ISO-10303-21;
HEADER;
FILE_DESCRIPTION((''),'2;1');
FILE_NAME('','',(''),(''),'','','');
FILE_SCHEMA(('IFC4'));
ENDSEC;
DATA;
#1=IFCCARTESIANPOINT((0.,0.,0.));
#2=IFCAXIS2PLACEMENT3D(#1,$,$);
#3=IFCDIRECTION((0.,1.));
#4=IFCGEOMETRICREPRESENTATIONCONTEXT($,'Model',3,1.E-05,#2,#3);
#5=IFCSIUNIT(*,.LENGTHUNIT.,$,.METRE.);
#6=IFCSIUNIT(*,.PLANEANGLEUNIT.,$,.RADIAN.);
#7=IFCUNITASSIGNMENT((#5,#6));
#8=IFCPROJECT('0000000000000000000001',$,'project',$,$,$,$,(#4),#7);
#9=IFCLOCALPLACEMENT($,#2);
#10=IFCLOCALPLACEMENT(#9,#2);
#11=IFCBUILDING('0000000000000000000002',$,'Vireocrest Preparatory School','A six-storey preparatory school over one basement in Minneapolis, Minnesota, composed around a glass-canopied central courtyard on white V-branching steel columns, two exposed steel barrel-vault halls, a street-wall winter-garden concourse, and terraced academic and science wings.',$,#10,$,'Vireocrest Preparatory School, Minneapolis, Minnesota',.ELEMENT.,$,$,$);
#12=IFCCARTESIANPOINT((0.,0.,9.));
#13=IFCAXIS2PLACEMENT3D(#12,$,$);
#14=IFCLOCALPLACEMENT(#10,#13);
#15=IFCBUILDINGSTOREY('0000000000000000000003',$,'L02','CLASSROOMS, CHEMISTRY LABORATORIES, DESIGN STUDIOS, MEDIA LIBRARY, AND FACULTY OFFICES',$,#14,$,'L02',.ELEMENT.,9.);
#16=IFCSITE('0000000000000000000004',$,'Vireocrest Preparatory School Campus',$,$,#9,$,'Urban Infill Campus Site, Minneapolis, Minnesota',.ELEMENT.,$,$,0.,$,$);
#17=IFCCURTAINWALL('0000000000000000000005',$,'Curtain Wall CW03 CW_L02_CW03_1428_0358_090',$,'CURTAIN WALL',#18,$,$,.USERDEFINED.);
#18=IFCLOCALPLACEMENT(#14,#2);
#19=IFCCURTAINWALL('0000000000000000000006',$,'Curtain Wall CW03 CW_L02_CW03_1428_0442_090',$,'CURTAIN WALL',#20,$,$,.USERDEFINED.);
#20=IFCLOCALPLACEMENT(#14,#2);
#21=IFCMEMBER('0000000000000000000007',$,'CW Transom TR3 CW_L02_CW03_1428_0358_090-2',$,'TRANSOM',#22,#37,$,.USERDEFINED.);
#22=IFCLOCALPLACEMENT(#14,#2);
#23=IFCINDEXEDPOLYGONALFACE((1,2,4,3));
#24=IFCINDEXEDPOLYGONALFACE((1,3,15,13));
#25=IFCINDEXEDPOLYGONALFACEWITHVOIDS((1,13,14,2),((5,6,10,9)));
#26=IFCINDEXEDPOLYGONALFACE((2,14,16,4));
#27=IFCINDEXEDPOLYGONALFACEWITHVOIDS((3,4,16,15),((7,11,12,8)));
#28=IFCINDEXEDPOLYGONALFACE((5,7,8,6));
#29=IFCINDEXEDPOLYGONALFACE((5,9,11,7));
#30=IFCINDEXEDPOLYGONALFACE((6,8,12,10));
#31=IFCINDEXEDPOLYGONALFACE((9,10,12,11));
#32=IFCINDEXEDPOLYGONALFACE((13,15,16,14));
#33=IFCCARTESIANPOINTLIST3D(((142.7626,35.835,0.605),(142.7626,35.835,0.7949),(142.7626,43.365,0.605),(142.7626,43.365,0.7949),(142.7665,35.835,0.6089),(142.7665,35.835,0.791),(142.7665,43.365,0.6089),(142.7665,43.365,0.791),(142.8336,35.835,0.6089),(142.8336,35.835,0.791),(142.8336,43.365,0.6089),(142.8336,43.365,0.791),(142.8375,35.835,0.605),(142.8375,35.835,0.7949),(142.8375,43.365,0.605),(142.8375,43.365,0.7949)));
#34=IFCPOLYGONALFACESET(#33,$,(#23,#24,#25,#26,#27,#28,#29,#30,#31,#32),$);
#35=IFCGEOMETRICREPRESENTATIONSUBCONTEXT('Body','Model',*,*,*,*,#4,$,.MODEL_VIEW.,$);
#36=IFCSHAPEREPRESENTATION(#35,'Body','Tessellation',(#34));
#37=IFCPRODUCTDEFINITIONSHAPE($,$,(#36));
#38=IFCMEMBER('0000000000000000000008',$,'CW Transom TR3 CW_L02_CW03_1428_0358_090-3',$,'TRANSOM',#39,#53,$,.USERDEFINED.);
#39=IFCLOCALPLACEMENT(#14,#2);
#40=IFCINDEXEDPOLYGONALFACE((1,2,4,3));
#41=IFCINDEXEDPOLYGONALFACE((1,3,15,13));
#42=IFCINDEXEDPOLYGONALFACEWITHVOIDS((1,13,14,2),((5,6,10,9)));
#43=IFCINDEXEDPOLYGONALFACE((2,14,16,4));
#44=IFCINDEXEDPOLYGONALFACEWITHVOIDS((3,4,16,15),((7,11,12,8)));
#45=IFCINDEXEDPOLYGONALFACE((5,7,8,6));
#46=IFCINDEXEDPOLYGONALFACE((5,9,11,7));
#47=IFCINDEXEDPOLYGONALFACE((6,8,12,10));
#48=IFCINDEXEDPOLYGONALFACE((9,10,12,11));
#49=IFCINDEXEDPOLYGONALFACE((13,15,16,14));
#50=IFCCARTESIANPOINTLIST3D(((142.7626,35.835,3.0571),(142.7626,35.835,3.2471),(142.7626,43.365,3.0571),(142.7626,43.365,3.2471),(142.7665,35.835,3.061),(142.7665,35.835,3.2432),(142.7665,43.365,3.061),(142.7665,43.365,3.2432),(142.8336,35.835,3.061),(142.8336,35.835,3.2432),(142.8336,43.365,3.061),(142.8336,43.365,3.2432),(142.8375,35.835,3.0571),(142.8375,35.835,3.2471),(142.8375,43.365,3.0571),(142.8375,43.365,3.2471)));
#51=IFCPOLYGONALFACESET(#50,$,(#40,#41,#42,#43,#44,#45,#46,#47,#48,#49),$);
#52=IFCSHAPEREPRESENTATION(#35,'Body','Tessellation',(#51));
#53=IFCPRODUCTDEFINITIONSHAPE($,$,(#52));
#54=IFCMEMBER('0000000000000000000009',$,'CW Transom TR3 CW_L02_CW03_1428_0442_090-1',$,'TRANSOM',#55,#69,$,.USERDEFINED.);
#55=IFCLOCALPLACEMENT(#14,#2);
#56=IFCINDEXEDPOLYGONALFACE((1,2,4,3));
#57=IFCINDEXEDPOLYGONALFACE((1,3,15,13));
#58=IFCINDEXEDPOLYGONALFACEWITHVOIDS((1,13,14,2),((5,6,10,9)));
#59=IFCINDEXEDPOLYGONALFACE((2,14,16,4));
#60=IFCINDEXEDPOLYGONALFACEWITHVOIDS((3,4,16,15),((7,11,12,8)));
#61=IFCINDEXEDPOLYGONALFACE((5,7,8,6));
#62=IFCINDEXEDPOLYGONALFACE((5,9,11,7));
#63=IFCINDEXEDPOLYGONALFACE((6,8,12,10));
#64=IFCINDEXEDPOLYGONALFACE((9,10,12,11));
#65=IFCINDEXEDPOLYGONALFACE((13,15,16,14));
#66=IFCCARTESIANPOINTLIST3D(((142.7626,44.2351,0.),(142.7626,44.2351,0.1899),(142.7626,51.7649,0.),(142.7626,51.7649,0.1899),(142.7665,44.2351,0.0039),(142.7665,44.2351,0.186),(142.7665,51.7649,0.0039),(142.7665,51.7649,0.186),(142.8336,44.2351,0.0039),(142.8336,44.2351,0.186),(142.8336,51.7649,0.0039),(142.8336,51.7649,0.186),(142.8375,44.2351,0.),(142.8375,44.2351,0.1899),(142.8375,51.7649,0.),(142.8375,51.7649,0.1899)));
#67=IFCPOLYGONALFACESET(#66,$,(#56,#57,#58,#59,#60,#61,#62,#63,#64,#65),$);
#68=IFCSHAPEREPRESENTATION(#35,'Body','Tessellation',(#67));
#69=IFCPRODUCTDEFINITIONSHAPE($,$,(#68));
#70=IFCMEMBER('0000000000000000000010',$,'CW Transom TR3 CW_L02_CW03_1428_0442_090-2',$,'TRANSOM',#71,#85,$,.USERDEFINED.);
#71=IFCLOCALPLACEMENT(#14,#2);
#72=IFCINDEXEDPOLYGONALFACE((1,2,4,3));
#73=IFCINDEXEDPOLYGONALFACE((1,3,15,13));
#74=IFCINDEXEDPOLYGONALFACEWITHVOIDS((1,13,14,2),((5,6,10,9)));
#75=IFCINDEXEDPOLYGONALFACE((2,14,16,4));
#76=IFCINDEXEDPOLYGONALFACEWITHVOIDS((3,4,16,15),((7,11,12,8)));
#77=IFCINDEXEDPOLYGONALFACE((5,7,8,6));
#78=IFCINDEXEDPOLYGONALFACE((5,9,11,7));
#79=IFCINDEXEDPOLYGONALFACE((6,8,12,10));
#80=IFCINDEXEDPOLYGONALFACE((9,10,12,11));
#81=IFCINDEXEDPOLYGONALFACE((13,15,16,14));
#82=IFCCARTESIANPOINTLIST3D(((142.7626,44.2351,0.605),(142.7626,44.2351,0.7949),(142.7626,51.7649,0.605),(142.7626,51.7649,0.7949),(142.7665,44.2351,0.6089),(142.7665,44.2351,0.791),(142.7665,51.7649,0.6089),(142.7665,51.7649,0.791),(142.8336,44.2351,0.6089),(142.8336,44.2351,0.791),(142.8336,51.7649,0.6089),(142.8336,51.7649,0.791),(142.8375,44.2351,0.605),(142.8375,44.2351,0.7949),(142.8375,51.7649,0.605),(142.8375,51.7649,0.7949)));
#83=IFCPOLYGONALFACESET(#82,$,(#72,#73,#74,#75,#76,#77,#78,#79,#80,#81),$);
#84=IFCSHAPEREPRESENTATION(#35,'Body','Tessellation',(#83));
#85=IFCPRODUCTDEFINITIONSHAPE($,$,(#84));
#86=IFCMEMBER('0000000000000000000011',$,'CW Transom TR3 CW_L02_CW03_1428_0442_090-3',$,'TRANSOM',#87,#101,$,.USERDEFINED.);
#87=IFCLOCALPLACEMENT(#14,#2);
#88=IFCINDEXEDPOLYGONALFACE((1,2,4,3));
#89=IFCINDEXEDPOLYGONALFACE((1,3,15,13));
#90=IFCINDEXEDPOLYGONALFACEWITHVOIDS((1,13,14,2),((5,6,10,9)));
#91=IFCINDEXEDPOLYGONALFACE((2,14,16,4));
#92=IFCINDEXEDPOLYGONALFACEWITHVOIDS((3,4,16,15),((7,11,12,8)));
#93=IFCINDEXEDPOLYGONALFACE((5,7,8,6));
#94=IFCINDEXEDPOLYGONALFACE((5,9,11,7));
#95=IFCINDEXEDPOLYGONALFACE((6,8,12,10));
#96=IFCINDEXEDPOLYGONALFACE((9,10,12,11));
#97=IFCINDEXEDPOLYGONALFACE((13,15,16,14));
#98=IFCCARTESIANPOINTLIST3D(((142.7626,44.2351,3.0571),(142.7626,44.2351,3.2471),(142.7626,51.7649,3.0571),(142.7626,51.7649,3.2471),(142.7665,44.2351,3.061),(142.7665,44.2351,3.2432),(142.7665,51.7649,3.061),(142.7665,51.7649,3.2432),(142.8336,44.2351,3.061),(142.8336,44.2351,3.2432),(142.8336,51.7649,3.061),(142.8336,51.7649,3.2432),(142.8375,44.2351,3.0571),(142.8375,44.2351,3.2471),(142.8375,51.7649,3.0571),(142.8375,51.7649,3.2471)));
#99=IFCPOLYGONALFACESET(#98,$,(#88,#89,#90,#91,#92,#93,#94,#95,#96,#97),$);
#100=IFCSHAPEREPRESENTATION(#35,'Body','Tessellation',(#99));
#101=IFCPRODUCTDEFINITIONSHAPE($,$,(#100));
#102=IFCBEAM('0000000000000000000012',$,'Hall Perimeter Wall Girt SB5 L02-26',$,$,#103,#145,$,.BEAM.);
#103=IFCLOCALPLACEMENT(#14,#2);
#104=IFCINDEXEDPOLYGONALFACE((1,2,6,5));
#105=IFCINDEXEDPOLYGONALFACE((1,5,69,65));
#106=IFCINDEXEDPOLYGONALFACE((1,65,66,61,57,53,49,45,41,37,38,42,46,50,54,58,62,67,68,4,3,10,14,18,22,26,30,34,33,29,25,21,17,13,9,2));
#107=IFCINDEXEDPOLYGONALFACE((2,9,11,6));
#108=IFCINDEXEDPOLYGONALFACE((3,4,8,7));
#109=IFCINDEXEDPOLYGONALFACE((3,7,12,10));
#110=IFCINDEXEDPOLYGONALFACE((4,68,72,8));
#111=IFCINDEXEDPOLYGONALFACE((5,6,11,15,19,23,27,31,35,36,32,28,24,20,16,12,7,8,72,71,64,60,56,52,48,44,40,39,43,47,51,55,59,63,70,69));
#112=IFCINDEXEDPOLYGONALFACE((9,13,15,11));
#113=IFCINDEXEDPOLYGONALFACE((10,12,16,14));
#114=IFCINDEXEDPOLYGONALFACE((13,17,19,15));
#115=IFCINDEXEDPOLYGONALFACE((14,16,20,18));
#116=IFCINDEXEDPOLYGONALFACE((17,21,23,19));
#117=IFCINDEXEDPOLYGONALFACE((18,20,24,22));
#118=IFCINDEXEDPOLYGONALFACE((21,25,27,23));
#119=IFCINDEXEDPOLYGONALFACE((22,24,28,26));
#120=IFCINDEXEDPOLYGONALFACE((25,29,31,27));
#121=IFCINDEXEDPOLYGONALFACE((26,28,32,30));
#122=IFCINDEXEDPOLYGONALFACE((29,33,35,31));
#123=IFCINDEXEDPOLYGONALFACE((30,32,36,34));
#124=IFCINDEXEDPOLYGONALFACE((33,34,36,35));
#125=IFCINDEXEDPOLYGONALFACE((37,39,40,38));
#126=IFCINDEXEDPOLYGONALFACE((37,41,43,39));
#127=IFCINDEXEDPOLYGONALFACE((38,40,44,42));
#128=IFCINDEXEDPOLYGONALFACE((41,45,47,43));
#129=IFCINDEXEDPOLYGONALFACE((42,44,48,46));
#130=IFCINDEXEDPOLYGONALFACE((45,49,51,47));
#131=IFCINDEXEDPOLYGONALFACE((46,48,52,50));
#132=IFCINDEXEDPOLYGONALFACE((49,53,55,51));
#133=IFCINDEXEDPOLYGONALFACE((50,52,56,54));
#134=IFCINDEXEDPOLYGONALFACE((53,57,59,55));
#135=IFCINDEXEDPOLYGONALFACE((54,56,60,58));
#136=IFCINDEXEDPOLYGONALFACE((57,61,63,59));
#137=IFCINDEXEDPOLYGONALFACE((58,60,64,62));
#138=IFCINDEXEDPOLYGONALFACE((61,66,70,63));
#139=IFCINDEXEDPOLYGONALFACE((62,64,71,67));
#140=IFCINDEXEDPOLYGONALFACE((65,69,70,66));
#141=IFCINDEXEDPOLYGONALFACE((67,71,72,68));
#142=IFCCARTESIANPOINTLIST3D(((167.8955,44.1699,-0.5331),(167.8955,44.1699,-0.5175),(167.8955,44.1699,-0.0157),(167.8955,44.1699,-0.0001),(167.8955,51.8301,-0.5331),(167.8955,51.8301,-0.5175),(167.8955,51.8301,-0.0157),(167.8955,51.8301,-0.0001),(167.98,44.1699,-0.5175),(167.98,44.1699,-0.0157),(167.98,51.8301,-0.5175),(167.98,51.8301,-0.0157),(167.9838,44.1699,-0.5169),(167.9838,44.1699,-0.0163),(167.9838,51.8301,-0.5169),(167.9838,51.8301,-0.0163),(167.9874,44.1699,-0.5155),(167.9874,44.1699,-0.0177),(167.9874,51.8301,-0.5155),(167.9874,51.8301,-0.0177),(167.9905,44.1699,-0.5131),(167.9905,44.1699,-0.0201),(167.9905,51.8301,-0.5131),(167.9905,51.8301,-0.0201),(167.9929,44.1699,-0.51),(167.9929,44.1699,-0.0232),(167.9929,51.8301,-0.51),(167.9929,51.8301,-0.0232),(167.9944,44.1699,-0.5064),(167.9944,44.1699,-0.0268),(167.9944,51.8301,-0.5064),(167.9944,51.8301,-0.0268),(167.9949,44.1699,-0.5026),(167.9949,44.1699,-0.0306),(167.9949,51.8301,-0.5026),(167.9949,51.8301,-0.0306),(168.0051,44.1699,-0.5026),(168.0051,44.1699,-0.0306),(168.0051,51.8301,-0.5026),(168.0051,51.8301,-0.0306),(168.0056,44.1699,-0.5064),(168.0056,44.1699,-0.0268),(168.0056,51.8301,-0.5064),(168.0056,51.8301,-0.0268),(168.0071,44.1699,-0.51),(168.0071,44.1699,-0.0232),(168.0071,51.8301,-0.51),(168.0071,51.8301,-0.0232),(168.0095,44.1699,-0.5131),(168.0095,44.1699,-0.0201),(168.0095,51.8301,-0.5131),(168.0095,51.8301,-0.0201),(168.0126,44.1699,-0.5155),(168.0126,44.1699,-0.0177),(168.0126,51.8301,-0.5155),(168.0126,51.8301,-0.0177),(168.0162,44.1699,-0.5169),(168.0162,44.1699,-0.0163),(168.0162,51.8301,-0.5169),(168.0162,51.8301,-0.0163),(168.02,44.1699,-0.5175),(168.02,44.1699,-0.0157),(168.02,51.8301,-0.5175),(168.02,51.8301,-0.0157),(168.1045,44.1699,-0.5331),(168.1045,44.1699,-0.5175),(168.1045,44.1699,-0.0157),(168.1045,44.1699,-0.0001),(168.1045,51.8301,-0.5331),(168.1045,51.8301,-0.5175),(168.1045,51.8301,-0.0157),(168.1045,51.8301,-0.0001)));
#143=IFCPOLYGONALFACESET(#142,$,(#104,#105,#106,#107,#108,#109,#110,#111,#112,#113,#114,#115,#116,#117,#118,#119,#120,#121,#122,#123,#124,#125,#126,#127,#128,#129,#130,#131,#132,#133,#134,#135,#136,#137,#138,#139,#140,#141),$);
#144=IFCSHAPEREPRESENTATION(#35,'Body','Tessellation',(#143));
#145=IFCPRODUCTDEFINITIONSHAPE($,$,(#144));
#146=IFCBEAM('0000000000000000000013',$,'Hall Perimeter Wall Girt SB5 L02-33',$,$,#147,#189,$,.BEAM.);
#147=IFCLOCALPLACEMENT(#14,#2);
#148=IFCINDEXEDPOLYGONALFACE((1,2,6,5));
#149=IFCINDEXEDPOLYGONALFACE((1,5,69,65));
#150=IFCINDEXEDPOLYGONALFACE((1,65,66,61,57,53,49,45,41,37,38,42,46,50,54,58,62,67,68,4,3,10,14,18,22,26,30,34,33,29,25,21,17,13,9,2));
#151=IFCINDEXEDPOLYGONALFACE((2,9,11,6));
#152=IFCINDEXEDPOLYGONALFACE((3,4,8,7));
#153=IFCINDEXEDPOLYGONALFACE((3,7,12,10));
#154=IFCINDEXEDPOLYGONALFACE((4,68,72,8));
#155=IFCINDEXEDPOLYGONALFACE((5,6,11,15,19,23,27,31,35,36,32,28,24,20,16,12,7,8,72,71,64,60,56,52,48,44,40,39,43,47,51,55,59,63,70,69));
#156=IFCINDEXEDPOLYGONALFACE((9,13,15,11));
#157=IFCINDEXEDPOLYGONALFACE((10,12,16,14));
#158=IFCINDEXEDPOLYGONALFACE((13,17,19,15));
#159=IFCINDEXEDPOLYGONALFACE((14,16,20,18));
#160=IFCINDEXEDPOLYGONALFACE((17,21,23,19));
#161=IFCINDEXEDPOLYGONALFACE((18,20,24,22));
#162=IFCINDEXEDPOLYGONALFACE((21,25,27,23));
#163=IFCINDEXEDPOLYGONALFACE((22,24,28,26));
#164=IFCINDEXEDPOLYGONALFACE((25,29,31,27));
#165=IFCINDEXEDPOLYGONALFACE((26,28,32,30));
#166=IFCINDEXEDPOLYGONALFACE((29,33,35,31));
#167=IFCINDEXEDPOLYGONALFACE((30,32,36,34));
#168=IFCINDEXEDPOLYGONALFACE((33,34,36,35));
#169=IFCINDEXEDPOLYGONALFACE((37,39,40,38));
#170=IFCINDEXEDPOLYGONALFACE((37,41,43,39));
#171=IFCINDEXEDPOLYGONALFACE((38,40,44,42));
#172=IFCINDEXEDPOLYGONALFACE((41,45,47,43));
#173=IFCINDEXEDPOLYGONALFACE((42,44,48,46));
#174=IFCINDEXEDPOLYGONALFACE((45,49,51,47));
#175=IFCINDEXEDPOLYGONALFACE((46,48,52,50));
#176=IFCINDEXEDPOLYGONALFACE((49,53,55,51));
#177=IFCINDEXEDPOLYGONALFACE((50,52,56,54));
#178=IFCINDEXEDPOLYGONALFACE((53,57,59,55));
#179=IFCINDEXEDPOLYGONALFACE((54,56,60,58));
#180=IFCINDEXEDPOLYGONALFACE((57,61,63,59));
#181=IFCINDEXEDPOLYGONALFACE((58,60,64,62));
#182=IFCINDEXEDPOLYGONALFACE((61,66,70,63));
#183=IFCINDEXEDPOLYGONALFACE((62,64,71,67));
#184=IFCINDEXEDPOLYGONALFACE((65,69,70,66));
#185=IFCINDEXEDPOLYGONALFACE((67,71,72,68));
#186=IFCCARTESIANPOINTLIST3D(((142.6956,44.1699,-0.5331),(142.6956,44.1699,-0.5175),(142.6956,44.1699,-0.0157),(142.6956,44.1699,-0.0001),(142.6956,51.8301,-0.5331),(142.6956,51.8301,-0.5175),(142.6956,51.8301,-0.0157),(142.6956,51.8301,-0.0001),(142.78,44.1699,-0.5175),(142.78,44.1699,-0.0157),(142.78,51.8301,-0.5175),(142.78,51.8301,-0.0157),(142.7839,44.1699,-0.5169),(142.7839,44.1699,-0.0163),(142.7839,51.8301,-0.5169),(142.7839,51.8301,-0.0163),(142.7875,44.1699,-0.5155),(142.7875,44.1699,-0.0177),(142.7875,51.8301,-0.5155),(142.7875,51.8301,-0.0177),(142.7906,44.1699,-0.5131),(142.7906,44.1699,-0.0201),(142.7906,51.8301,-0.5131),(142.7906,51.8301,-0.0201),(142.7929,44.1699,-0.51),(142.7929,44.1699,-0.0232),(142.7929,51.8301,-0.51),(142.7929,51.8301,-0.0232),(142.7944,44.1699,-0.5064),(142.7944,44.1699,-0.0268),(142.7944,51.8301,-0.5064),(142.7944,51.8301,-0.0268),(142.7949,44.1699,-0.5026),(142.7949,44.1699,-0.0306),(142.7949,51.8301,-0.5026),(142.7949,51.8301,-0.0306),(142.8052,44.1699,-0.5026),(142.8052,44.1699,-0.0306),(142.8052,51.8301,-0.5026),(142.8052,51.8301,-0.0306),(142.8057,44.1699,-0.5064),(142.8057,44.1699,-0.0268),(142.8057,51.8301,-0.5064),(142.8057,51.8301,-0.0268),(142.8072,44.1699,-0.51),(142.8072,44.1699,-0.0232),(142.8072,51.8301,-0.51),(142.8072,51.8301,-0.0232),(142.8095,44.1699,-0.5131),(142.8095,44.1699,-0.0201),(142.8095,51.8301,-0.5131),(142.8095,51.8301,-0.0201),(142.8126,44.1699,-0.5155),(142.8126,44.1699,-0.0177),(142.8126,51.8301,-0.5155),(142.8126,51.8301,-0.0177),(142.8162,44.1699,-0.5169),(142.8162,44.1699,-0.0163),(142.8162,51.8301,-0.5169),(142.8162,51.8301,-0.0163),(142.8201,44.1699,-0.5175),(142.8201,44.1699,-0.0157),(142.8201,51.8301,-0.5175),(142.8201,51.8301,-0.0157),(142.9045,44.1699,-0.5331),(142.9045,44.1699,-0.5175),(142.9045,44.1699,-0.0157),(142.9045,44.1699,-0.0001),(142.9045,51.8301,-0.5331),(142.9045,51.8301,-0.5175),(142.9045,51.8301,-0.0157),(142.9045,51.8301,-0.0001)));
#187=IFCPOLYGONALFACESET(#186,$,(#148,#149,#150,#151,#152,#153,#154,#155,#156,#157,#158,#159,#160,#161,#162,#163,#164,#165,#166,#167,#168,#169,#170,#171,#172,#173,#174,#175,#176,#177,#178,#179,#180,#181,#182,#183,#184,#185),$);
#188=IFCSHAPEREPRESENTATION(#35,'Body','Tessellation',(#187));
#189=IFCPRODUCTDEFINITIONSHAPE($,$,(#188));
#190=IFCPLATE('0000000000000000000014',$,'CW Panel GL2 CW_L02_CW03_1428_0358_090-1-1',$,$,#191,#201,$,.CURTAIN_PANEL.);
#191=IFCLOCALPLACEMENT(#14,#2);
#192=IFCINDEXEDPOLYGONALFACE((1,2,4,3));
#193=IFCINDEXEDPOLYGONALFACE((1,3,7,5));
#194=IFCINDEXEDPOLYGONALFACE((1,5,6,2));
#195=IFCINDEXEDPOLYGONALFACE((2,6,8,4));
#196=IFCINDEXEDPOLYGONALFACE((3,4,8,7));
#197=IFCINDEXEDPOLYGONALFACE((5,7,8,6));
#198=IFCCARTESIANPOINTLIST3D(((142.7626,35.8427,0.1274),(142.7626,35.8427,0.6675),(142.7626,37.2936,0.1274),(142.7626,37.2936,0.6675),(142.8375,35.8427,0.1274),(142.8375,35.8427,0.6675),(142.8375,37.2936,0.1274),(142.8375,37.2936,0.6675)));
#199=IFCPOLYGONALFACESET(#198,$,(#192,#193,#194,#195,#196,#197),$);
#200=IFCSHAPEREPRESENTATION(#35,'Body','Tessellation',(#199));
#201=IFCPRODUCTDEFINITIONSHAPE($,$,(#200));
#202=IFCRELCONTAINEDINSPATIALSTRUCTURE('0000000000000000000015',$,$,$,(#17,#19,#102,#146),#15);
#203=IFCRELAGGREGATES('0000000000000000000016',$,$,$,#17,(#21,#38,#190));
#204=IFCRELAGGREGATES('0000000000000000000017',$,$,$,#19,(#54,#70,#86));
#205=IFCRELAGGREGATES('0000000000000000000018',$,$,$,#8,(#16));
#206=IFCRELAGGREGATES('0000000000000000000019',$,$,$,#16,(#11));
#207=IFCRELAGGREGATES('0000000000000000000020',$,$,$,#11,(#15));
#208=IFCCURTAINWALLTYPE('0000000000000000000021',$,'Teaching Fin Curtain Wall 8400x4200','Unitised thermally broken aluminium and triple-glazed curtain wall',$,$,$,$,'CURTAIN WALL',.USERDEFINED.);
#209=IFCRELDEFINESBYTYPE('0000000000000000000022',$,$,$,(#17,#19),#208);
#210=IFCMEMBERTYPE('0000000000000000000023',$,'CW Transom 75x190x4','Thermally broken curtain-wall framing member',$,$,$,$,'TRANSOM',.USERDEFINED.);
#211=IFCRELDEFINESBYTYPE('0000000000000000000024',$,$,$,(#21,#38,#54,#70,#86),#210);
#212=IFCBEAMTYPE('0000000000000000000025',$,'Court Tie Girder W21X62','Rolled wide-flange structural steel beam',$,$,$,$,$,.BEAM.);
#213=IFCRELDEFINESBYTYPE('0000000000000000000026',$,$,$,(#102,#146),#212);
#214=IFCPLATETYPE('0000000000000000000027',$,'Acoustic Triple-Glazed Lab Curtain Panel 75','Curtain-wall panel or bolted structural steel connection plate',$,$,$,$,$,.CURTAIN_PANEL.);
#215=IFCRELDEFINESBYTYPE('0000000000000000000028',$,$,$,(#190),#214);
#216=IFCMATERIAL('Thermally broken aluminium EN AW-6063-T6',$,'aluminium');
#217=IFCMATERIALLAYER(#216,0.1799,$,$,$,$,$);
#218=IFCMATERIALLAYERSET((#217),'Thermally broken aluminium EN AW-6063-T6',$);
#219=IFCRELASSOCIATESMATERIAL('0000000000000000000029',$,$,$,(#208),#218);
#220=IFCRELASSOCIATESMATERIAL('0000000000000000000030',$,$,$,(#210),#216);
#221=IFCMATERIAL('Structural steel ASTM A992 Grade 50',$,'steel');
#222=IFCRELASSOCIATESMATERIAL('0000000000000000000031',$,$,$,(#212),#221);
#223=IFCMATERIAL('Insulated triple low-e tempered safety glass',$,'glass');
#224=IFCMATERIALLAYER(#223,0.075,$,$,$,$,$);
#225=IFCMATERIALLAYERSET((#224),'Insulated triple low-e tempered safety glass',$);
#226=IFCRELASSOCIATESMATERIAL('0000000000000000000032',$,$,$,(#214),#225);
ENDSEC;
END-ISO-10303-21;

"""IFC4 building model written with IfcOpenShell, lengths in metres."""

from ifc_helpers import new_model, si_unit, direction, frame, origin, origin_2d, place, context, subcontext, project, spatial, rectangle, hollow_rectangle, i_section, extrude, material, layer, layer_set, material_profile, profile_set, type_object, element, aggregate, save


model = new_model("IFC4")

# Units and contexts
model_context = context("Model", 3, precision=1e-05, world=origin(), true_north=direction((0.0, 1.0)))
body_context = subcontext(model_context, "Body", "Model", "MODEL_VIEW")
ifc_project = project(units=[si_unit("LENGTHUNIT", "METRE"), si_unit("PLANEANGLEUNIT", "RADIAN")], contexts=[model_context])

# Site, building, storey
site_placement = place(None, origin())
site = spatial("IfcSite", under=ifc_project, at=site_placement, Name="Vireocrest Preparatory School Campus", LongName="Urban Infill Campus Site, Minneapolis, Minnesota", CompositionType="ELEMENT", RefElevation=0.0)
building_placement = place(site_placement, origin())
building = spatial("IfcBuilding", under=site, at=building_placement, Name="Vireocrest Preparatory School", Description="A six-storey preparatory school over one basement in Minneapolis, Minnesota, composed around a glass-canopied central courtyard on white V-branching steel columns, two exposed steel barrel-vault halls, a street-wall winter-garden concourse, and terraced academic and science wings.", LongName="Vireocrest Preparatory School, Minneapolis, Minnesota", CompositionType="ELEMENT")
storey_placement = place(building_placement, frame((0.0, 0.0, 9.0)))
storey = spatial("IfcBuildingStorey", under=building, at=storey_placement, Name="L02", Description="CLASSROOMS, CHEMISTRY LABORATORIES, DESIGN STUDIOS, MEDIA LIBRARY, AND FACULTY OFFICES", LongName="L02", CompositionType="ELEMENT", Elevation=9.0)

# Curtain walls
ifc_material_1 = material(Name="Thermally broken aluminium EN AW-6063-T6", Category="aluminium")
ifc_layer_1 = layer(ifc_material_1, 0.1799)
ifc_layer_set_1 = layer_set([ifc_layer_1], Name="Thermally broken aluminium EN AW-6063-T6")
curtain_wall_type = type_object("IfcCurtainWallType", Name="Teaching Fin Curtain Wall 8400x4200", Description="Unitised thermally broken aluminium and triple-glazed curtain wall", ElementType="CURTAIN WALL", PredefinedType="USERDEFINED", material=ifc_layer_set_1)
curtain_wall_1_placement = place(storey_placement, origin())
curtain_wall_1 = element("IfcCurtainWall", 1, at=curtain_wall_1_placement, inside=storey, type_object=curtain_wall_type, Name="Curtain Wall CW03 CW_L02_CW03_1428_0358_090", ObjectType="CURTAIN WALL", PredefinedType="USERDEFINED")
curtain_wall_2_placement = place(storey_placement, origin())
curtain_wall_2 = element("IfcCurtainWall", 2, at=curtain_wall_2_placement, inside=storey, type_object=curtain_wall_type, Name="Curtain Wall CW03 CW_L02_CW03_1428_0442_090", ObjectType="CURTAIN WALL", PredefinedType="USERDEFINED")

# Members
ifc_material_profile_1 = material_profile(ifc_material_1, hollow_rectangle(XDim=0.075, YDim=0.1899, WallThickness=0.0039, at=origin_2d()), Name="ALU 75x190x4")
ifc_profile_set_1 = profile_set([ifc_material_profile_1], Name="Thermally broken aluminium EN AW-6063-T6")
member_type_1 = type_object("IfcMemberType", Name="CW Transom 75x190x4", Description="Thermally broken curtain-wall framing member", ElementType="TRANSOM", PredefinedType="USERDEFINED", material=ifc_profile_set_1)
member_1_placement = place(storey_placement, frame((142.8, 35.835, 0.7), z_axis=(0.0, 1.0, 0.0), x_axis=(-1.0, 0.0, 0.0)))
member_1 = element("IfcMember", 3, at=member_1_placement, type_object=member_type_1, Name="CW Transom TR3 CW_L02_CW03_1428_0358_090-2", ObjectType="TRANSOM", PredefinedType="USERDEFINED", context=body_context, shape_type="SweptSolid", body=[
    extrude(hollow_rectangle(XDim=0.075, YDim=0.1899, WallThickness=0.0039, at=origin_2d()), origin(), (0.0, 0.0, 1.0), 7.53),
])
member_2_placement = place(storey_placement, frame((142.8, 35.835, 3.1521), z_axis=(0.0, 1.0, 0.0), x_axis=(-1.0, 0.0, 0.0)))
member_2 = element("IfcMember", 4, at=member_2_placement, type_object=member_type_1, Name="CW Transom TR3 CW_L02_CW03_1428_0358_090-3", ObjectType="TRANSOM", PredefinedType="USERDEFINED", context=body_context, shape_type="SweptSolid", body=[
    extrude(hollow_rectangle(XDim=0.075, YDim=0.1899, WallThickness=0.0039, at=origin_2d()), origin(), (0.0, 0.0, 1.0), 7.53),
])
member_3_placement = place(storey_placement, frame((142.8, 44.2351, 0.095), z_axis=(0.0, 1.0, 0.0), x_axis=(-1.0, 0.0, 0.0)))
member_3 = element("IfcMember", 5, at=member_3_placement, type_object=member_type_1, Name="CW Transom TR3 CW_L02_CW03_1428_0442_090-1", ObjectType="TRANSOM", PredefinedType="USERDEFINED", context=body_context, shape_type="SweptSolid", body=[
    extrude(hollow_rectangle(XDim=0.075, YDim=0.1899, WallThickness=0.0039, at=origin_2d()), origin(), (0.0, 0.0, 1.0), 7.5298),
])
member_4_placement = place(storey_placement, frame((142.8, 44.2351, 0.7), z_axis=(0.0, 1.0, 0.0), x_axis=(-1.0, 0.0, 0.0)))
member_4 = element("IfcMember", 6, at=member_4_placement, type_object=member_type_1, Name="CW Transom TR3 CW_L02_CW03_1428_0442_090-2", ObjectType="TRANSOM", PredefinedType="USERDEFINED", context=body_context, shape_type="SweptSolid", body=[
    extrude(hollow_rectangle(XDim=0.075, YDim=0.1899, WallThickness=0.0039, at=origin_2d()), origin(), (0.0, 0.0, 1.0), 7.5298),
])
member_5_placement = place(storey_placement, frame((142.8, 44.2351, 3.1521), z_axis=(0.0, 1.0, 0.0), x_axis=(-1.0, 0.0, 0.0)))
member_5 = element("IfcMember", 7, at=member_5_placement, type_object=member_type_1, Name="CW Transom TR3 CW_L02_CW03_1428_0442_090-3", ObjectType="TRANSOM", PredefinedType="USERDEFINED", context=body_context, shape_type="SweptSolid", body=[
    extrude(hollow_rectangle(XDim=0.075, YDim=0.1899, WallThickness=0.0039, at=origin_2d()), origin(), (0.0, 0.0, 1.0), 7.5298),
])

# Beams
ifc_material_2 = material(Name="Structural steel ASTM A992 Grade 50", Category="steel")
ifc_material_profile_2 = material_profile(ifc_material_2, i_section(OverallWidth=0.209, OverallDepth=0.533, WebThickness=0.0103, FlangeThickness=0.0156, FilletRadius=0.0149, at=origin_2d()), Name="W21X62")
ifc_profile_set_2 = profile_set([ifc_material_profile_2], Name="Structural steel ASTM A992 Grade 50")
beam_type = type_object("IfcBeamType", Name="Court Tie Girder W21X62", Description="Rolled wide-flange structural steel beam", PredefinedType="BEAM", material=ifc_profile_set_2)
for number, where, z_axis, x_axis, name in (
    (8, (168.0, 44.1699, -0.2666), (0.0, 1.0, 0.0), (-1.0, 0.0, 0.0), "Hall Perimeter Wall Girt SB5 L02-26"),
    (9, (142.8, 44.1699, -0.2666), (0.0, 1.0, 0.0), (-1.0, 0.0, 0.0), "Hall Perimeter Wall Girt SB5 L02-33"),
):
    element("IfcBeam", number, at=place(storey_placement, frame(where, z_axis=z_axis, x_axis=x_axis)), inside=storey, type_object=beam_type, Name=name, PredefinedType="BEAM", context=body_context, shape_type="SweptSolid", body=[
        extrude(i_section(OverallWidth=0.209, OverallDepth=0.533, WebThickness=0.0103, FlangeThickness=0.0156, FilletRadius=0.0149, at=origin_2d()), origin(), (0.0, 0.0, 1.0), 7.6602),
    ])

# Plate
ifc_material_3 = material(Name="Insulated triple low-e tempered safety glass", Category="glass")
ifc_layer_2 = layer(ifc_material_3, 0.075)
ifc_layer_set_2 = layer_set([ifc_layer_2], Name="Insulated triple low-e tempered safety glass")
plate_type = type_object("IfcPlateType", Name="Acoustic Triple-Glazed Lab Curtain Panel 75", Description="Curtain-wall panel or bolted structural steel connection plate", PredefinedType="CURTAIN_PANEL", material=ifc_layer_set_2)
plate_1_placement = place(storey_placement, frame((142.8, 36.5681, 0.1274), z_axis=(0.0, 0.0, 1.0), x_axis=(0.0, 1.0, 0.0)))
plate_1 = element("IfcPlate", 10, at=plate_1_placement, type_object=plate_type, Name="CW Panel GL2 CW_L02_CW03_1428_0358_090-1-1", PredefinedType="CURTAIN_PANEL", context=body_context, shape_type="SweptSolid", body=[
    extrude(rectangle(XDim=1.4509, YDim=0.075, at=origin_2d()), origin(), (0.0, 0.0, 1.0), 0.54),
])
aggregate(curtain_wall_1, [member_1, member_2, plate_1])
aggregate(curtain_wall_2, [member_3, member_4, member_5])

save(model, "model.ifc")
